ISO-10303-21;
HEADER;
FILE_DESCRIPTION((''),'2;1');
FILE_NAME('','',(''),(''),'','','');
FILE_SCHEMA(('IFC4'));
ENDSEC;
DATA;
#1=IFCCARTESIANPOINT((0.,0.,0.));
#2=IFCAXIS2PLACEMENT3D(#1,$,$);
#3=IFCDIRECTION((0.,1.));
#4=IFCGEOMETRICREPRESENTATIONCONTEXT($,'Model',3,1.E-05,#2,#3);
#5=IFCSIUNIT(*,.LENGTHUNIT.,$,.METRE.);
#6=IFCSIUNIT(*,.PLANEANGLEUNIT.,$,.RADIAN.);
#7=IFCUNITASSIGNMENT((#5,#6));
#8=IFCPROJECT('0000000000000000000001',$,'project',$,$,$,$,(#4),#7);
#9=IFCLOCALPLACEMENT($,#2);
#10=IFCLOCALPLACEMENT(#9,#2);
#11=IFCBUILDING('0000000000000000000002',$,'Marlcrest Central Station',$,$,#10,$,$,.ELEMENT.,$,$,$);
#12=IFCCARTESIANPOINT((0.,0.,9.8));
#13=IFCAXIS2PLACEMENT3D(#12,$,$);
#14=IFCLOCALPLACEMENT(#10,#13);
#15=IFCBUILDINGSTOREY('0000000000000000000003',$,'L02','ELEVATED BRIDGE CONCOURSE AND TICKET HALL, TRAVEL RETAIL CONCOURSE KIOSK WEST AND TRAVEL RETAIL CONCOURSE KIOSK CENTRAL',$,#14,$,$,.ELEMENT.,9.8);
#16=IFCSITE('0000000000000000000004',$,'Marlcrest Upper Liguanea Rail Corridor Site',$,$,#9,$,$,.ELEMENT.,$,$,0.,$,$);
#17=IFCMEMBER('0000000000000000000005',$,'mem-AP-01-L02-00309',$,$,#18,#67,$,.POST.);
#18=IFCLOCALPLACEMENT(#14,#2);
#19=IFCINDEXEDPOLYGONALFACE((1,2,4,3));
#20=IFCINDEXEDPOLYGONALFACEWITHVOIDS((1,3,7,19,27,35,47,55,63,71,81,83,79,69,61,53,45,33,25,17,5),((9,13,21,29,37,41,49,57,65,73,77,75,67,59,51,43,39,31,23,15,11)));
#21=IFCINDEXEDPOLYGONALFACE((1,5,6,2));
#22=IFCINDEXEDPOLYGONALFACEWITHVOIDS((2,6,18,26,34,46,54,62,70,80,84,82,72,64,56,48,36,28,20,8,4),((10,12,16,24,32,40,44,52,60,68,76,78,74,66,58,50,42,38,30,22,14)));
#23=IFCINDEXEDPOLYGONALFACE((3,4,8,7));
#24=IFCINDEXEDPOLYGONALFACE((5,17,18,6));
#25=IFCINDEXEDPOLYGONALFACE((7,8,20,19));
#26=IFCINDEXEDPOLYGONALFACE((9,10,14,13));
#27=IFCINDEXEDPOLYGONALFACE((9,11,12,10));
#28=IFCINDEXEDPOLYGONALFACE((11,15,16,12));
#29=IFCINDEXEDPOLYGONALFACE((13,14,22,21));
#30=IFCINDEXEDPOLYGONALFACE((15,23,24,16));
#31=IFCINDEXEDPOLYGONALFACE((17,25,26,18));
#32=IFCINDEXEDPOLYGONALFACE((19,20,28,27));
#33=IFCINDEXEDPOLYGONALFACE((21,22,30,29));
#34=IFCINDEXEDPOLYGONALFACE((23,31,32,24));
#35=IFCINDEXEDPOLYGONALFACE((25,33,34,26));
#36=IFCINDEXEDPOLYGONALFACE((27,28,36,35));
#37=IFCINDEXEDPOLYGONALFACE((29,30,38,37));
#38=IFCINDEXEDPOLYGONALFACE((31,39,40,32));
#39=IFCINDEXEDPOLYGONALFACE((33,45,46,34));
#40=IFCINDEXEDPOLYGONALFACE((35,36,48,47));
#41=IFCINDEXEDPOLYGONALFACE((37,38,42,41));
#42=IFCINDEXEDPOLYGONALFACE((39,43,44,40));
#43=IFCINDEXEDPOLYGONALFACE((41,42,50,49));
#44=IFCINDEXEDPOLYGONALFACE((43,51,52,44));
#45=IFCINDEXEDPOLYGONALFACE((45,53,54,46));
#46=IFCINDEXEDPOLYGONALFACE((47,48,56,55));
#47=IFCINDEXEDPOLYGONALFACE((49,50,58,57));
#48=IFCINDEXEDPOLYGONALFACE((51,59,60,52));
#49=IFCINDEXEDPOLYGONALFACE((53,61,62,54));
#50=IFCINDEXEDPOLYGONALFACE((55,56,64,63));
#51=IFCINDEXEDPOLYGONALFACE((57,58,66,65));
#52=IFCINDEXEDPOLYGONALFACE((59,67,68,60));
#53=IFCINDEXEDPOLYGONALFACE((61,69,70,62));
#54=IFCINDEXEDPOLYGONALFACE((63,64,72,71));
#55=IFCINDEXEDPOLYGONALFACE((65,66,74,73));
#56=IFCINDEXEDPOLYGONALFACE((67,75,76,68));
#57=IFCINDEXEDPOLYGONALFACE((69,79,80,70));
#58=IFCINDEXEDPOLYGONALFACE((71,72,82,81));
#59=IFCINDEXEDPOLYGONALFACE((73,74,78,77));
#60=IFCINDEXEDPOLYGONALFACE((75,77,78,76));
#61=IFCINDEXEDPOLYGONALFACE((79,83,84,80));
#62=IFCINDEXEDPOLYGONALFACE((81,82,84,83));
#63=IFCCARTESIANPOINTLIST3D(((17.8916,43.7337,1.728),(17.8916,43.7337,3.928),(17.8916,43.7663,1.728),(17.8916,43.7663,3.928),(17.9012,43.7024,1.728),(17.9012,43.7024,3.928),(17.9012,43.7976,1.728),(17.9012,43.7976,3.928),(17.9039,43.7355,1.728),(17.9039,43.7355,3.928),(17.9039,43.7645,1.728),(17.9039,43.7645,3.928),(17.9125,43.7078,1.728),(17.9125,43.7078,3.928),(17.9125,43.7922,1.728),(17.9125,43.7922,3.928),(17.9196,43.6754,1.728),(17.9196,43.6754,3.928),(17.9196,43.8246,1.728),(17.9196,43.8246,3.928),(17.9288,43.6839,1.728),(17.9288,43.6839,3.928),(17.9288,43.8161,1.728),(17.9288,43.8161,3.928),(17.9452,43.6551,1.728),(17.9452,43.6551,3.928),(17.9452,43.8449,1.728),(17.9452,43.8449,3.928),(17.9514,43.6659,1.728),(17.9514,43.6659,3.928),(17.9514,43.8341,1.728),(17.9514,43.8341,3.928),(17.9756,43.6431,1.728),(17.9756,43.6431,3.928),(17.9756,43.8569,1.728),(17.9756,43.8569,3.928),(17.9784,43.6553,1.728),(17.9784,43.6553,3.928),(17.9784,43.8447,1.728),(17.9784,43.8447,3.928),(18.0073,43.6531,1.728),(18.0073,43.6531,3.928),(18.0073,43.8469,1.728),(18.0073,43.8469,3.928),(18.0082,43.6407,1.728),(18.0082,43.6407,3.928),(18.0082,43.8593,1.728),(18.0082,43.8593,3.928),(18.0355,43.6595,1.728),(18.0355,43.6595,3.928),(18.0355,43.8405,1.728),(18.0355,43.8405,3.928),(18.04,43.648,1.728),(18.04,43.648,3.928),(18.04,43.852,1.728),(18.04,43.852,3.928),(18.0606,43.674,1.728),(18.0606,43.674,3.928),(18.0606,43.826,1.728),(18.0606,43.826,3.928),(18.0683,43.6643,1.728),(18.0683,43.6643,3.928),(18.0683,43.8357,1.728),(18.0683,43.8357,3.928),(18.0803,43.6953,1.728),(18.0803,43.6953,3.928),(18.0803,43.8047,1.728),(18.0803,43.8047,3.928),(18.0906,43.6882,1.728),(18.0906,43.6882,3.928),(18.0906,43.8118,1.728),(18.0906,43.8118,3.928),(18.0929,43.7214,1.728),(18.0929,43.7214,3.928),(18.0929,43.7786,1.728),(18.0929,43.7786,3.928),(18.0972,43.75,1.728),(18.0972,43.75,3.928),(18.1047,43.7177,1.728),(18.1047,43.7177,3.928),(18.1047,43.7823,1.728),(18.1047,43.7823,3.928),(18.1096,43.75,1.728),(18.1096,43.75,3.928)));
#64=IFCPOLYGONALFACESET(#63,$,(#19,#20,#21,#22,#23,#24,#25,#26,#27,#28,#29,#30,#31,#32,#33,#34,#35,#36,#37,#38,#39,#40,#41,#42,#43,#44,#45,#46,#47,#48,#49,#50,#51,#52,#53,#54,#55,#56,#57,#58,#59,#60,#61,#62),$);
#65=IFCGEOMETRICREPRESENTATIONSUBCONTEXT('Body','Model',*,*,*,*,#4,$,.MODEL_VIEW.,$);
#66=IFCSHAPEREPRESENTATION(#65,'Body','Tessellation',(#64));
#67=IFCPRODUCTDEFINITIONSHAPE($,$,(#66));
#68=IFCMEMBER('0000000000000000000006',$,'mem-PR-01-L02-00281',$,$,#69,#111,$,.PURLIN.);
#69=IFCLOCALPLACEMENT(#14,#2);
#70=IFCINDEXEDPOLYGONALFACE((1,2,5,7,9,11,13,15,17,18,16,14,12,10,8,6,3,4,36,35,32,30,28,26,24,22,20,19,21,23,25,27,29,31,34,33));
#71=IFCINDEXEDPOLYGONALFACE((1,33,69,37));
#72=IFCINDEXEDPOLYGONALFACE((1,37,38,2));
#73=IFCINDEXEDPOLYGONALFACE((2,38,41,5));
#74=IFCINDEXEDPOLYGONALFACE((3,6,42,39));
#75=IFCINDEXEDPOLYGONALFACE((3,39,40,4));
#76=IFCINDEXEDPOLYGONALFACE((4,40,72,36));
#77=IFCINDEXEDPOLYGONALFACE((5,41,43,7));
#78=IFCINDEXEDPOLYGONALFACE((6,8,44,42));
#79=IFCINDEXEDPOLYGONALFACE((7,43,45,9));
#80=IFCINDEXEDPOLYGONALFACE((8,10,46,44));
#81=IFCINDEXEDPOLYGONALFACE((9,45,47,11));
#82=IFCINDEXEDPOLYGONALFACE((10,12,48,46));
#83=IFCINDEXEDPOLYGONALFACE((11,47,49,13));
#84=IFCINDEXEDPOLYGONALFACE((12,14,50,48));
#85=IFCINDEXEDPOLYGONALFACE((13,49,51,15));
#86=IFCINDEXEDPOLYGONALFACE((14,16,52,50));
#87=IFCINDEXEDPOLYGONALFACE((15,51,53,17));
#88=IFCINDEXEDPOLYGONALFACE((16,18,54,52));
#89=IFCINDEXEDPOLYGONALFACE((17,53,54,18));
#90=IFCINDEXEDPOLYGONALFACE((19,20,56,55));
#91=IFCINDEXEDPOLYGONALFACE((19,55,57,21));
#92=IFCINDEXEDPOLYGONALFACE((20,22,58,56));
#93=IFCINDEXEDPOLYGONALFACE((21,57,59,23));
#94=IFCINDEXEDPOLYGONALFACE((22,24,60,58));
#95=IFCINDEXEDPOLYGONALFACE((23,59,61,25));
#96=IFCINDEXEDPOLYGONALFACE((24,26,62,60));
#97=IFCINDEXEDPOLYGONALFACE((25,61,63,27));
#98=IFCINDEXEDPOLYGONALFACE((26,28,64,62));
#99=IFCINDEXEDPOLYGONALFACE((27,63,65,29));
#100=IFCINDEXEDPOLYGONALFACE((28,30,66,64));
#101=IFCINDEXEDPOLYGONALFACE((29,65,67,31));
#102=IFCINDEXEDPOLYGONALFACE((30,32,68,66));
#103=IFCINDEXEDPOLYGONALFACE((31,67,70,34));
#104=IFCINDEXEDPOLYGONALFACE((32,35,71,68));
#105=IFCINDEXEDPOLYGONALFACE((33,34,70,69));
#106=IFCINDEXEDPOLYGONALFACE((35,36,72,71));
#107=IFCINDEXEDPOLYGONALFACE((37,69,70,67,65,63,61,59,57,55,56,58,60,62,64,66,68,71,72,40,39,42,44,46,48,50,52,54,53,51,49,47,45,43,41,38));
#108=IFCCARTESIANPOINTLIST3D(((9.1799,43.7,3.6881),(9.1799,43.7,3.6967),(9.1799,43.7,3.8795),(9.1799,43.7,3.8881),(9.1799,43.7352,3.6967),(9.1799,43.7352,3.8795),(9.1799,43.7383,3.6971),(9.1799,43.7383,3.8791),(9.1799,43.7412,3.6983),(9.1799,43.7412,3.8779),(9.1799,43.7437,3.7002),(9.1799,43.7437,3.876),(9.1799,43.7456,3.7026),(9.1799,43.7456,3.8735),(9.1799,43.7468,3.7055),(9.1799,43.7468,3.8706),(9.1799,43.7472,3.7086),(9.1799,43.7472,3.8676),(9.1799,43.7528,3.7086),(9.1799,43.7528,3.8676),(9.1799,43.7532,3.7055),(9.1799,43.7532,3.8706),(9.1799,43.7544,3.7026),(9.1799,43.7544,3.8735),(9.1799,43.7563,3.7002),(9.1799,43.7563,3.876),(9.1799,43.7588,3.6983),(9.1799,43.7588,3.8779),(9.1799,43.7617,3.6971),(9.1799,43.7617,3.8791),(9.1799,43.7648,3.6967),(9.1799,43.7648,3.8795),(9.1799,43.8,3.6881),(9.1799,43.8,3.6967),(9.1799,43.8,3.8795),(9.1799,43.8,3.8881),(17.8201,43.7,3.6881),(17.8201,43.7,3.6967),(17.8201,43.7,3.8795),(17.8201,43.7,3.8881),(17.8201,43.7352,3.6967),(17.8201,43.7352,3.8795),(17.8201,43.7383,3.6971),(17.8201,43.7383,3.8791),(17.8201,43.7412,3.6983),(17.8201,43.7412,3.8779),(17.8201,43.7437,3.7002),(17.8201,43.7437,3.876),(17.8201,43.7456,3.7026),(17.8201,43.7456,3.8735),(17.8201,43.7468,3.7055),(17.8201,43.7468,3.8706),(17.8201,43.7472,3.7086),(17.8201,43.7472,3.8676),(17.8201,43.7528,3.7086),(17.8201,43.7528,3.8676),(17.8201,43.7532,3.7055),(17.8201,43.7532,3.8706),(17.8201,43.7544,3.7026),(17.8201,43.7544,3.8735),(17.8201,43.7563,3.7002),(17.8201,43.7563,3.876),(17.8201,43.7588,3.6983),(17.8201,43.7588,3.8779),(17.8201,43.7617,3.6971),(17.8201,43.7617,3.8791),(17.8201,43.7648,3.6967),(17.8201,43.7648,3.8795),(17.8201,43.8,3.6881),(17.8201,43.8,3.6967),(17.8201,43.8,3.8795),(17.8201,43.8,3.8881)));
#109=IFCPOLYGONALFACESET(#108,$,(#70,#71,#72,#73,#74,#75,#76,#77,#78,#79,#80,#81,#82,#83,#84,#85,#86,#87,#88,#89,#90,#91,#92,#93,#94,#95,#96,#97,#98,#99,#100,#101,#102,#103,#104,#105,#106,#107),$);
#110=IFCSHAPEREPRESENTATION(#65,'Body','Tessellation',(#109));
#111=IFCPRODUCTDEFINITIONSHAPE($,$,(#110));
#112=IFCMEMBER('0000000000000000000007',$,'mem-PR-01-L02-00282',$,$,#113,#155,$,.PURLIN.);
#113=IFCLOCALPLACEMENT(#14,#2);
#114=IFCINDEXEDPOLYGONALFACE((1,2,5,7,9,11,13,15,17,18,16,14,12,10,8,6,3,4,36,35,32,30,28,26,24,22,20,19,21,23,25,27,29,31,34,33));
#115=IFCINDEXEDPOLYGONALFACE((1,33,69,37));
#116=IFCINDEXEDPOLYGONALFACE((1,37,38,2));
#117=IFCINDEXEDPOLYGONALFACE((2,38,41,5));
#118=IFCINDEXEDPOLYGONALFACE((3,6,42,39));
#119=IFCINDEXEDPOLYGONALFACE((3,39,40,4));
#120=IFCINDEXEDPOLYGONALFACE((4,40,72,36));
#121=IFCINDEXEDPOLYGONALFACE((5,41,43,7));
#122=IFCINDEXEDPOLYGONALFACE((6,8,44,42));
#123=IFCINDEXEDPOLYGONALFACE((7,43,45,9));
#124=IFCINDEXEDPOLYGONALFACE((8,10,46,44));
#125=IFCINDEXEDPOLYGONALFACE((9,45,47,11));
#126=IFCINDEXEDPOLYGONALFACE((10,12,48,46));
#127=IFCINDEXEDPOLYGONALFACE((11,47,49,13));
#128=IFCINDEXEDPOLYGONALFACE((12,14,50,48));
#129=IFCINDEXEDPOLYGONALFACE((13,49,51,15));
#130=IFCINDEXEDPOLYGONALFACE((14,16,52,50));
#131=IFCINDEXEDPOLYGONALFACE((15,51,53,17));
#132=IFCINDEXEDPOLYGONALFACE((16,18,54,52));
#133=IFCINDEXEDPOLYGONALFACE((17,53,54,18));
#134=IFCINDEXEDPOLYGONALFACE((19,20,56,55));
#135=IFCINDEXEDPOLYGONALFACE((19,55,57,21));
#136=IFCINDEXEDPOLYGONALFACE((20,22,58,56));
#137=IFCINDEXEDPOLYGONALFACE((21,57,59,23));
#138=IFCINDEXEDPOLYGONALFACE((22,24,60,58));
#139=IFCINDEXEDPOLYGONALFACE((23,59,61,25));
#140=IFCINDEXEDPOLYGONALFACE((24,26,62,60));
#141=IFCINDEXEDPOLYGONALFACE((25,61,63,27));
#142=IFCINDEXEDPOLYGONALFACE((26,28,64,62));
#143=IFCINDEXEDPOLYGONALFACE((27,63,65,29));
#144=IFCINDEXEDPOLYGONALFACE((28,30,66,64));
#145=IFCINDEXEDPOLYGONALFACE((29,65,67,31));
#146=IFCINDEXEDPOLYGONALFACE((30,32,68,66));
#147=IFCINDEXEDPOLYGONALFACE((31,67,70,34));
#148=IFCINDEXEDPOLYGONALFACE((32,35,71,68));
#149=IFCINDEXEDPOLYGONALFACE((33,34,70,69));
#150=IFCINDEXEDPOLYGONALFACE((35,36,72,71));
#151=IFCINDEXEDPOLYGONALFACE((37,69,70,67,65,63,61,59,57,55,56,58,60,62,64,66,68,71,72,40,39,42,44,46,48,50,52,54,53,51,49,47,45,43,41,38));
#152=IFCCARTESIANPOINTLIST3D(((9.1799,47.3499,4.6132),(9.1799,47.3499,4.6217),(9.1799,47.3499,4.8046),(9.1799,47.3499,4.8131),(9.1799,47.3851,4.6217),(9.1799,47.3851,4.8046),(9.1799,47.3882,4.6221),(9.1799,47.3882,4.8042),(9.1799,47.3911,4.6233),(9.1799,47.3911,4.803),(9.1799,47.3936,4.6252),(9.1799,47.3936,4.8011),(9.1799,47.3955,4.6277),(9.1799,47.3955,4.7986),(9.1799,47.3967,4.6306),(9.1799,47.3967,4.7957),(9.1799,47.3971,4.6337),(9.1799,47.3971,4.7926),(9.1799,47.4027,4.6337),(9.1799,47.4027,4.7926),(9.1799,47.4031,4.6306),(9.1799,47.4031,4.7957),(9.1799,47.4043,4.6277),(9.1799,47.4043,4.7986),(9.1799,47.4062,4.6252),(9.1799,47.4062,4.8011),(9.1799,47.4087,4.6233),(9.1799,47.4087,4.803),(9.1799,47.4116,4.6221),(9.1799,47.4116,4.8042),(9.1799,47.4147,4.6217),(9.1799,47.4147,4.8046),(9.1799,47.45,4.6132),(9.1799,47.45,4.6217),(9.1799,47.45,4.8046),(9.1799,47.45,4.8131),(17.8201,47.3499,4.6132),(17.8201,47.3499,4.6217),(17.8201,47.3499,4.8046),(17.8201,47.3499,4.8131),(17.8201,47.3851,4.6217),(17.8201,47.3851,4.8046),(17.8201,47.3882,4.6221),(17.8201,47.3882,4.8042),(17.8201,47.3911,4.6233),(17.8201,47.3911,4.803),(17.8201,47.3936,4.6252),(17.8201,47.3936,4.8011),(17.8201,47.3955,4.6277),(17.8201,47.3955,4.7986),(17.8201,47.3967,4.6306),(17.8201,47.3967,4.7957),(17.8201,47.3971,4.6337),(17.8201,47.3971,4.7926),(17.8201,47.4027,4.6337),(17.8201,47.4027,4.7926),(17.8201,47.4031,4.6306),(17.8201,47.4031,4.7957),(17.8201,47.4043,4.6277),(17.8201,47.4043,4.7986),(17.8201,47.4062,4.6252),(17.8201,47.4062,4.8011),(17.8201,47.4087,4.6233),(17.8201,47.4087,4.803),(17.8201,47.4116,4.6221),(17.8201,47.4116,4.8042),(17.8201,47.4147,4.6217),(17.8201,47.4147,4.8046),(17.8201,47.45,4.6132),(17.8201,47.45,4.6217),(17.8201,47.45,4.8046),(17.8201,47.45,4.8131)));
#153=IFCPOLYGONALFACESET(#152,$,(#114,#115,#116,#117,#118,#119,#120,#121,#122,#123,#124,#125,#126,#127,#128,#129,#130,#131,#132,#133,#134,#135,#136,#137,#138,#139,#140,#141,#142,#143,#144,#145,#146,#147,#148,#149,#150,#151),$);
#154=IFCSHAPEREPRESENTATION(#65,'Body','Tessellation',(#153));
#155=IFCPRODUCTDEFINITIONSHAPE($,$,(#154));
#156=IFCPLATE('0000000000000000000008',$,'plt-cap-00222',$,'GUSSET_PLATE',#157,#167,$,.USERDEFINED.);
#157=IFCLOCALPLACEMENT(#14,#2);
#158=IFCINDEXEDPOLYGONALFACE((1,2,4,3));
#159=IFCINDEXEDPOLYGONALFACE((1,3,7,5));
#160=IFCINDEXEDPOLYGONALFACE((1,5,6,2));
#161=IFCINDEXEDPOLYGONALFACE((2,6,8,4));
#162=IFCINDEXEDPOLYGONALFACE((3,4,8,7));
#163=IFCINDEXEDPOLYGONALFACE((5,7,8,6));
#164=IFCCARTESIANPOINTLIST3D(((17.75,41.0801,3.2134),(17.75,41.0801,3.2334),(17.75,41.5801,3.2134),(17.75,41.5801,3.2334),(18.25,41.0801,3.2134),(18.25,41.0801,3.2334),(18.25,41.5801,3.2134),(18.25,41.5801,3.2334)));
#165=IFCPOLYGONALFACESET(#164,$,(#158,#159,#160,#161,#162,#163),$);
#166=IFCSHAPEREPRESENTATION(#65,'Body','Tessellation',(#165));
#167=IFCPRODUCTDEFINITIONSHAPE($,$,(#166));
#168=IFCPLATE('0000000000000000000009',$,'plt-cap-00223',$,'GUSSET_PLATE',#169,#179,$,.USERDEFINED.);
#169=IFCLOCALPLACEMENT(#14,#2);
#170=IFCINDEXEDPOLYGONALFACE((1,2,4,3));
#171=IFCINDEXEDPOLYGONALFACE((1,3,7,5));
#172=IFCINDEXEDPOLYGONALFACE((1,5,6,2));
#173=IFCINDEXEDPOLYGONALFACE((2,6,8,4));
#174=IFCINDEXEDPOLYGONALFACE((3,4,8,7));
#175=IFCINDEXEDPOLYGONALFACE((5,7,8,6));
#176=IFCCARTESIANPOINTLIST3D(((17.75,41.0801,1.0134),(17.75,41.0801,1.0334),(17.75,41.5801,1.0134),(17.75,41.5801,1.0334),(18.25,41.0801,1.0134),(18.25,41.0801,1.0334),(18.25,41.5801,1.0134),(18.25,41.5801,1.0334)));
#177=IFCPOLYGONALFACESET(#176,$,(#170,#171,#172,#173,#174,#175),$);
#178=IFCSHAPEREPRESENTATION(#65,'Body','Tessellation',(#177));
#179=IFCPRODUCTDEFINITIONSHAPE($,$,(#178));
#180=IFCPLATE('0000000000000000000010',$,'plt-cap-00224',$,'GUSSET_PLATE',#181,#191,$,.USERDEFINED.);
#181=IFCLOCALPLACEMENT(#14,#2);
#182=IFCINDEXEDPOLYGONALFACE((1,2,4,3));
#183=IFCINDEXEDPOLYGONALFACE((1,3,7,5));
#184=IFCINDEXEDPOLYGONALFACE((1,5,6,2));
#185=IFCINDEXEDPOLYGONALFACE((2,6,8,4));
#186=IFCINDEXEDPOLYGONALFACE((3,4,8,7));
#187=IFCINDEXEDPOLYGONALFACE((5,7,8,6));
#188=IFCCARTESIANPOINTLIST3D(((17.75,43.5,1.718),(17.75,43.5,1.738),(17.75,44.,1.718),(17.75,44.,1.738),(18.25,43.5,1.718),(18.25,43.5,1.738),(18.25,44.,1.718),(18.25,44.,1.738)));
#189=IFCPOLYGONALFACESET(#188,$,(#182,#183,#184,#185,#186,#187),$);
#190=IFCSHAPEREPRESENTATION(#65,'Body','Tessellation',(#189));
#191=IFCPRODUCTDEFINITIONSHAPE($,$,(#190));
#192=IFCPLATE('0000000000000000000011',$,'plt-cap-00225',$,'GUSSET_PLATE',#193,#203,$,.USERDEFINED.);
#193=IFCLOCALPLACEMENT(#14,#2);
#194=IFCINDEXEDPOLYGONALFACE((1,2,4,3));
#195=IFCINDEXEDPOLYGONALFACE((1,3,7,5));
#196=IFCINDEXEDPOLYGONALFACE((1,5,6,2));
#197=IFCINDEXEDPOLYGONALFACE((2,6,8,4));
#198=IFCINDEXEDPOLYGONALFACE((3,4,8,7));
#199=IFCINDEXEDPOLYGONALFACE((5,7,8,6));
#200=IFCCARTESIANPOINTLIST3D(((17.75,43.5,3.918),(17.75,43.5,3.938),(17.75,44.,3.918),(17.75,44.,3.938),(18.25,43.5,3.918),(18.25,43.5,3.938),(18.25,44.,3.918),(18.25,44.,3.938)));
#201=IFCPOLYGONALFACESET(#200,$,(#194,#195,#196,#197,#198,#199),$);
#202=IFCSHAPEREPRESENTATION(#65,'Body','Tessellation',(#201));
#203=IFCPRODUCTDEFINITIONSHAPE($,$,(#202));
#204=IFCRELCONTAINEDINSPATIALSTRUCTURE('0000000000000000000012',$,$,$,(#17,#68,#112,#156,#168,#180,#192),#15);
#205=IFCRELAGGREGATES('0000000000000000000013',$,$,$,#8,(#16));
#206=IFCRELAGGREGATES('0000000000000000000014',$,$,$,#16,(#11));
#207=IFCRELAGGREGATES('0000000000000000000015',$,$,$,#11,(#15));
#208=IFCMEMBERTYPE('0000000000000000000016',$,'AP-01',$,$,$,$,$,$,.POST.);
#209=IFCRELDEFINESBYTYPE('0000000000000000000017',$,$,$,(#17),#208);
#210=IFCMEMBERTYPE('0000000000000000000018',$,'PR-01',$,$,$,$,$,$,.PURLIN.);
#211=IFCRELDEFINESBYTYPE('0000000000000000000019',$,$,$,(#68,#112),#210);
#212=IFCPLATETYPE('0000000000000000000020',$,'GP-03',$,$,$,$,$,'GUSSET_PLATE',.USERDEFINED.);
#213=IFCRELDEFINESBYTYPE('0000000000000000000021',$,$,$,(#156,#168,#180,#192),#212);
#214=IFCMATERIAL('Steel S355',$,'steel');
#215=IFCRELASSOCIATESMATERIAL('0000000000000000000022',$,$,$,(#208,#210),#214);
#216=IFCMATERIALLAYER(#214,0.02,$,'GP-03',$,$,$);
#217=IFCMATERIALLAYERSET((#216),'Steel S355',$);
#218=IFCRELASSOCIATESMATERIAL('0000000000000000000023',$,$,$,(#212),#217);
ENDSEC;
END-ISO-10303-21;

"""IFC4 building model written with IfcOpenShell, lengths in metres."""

from ifc_helpers import new_model, si_unit, direction, frame, origin, origin_2d, place, context, subcontext, project, spatial, rectangle, hollow_circle, i_section, extrude, material, layer, layer_set, material_profile, profile_set, type_object, element, save


model = new_model("IFC4")

# Units and contexts
model_context = context("Model", 3, precision=1e-05, world=origin(), true_north=direction((0.0, 1.0)))
body_context = subcontext(model_context, "Body", "Model", "MODEL_VIEW")
ifc_project = project(units=[si_unit("LENGTHUNIT", "METRE"), si_unit("PLANEANGLEUNIT", "RADIAN")], contexts=[model_context])

# Site, building, storey
site_placement = place(None, origin())
site = spatial("IfcSite", under=ifc_project, at=site_placement, Name="Marlcrest Upper Liguanea Rail Corridor Site", CompositionType="ELEMENT", RefElevation=0.0)
building_placement = place(site_placement, origin())
building = spatial("IfcBuilding", under=site, at=building_placement, Name="Marlcrest Central Station", CompositionType="ELEMENT")
storey_placement = place(building_placement, frame((0.0, 0.0, 9.8)))
storey = spatial("IfcBuildingStorey", under=building, at=storey_placement, Name="L02", Description="ELEVATED BRIDGE CONCOURSE AND TICKET HALL, TRAVEL RETAIL CONCOURSE KIOSK WEST AND TRAVEL RETAIL CONCOURSE KIOSK CENTRAL", CompositionType="ELEMENT", Elevation=9.8)

# Members
ifc_material_1 = material(Name="Steel S355", Category="steel")
ifc_material_profile_1 = material_profile(ifc_material_1, hollow_circle(Radius=0.1096, WallThickness=0.0125, at=origin_2d()), Name="CHS 219.1x12.5")
ifc_profile_set_1 = profile_set([ifc_material_profile_1], Name="Steel S355")
member_type_1 = type_object("IfcMemberType", Name="AP-01", PredefinedType="POST", material=ifc_profile_set_1)
for number, where, z_axis, x_axis, name in (
    (1, (18.0, 43.75, 1.728), (0.0, 0.0, 1.0), (1.0, 0.0, 0.0), "mem-AP-01-L02-00309"),
):
    element("IfcMember", number, at=place(storey_placement, frame(where, z_axis=z_axis, x_axis=x_axis)), inside=storey, type_object=member_type_1, Name=name, PredefinedType="POST", context=body_context, shape_type="SweptSolid", body=[
        extrude(hollow_circle(Radius=0.1096, WallThickness=0.0125, at=origin_2d()), origin(), (0.0, 0.0, 1.0), 2.2),
    ])
ifc_material_profile_2 = material_profile(ifc_material_1, i_section(OverallWidth=0.1001, OverallDepth=0.2, WebThickness=0.0056, FlangeThickness=0.0085, FilletRadius=0.012, at=origin_2d()), Name="IPE 200")
ifc_profile_set_2 = profile_set([ifc_material_profile_2], Name="Steel S355")
member_type_2 = type_object("IfcMemberType", Name="PR-01", PredefinedType="PURLIN", material=ifc_profile_set_2)
for number, where, z_axis, x_axis, name in (
    (2, (9.1799, 43.75, 3.7881), (1.0, 0.0, 0.0), (0.0, 1.0, 0.0), "mem-PR-01-L02-00281"),
    (3, (9.1799, 47.3999, 4.7131), (1.0, 0.0, 0.0), (0.0, 1.0, 0.0), "mem-PR-01-L02-00282"),
):
    element("IfcMember", number, at=place(storey_placement, frame(where, z_axis=z_axis, x_axis=x_axis)), inside=storey, type_object=member_type_2, Name=name, PredefinedType="PURLIN", context=body_context, shape_type="SweptSolid", body=[
        extrude(i_section(OverallWidth=0.1001, OverallDepth=0.2, WebThickness=0.0056, FlangeThickness=0.0085, FilletRadius=0.012, at=origin_2d()), origin(), (0.0, 0.0, 1.0), 8.6401),
    ])

# Plates
ifc_layer_1 = layer(ifc_material_1, 0.02, Name="GP-03")
ifc_layer_set_1 = layer_set([ifc_layer_1], Name="Steel S355")
plate_type = type_object("IfcPlateType", Name="GP-03", ElementType="GUSSET_PLATE", PredefinedType="USERDEFINED", material=ifc_layer_set_1)
for number, where, z_axis, x_axis, name in (
    (4, (18.0, 41.3301, 3.2134), (0.0, 0.0, 1.0), (1.0, 0.0, 0.0), "plt-cap-00222"),
    (5, (18.0, 41.3301, 1.0134), (0.0, 0.0, 1.0), (1.0, 0.0, 0.0), "plt-cap-00223"),
    (6, (18.0, 43.75, 1.718), (0.0, 0.0, 1.0), (1.0, 0.0, 0.0), "plt-cap-00224"),
    (7, (18.0, 43.75, 3.918), (0.0, 0.0, 1.0), (1.0, 0.0, 0.0), "plt-cap-00225"),
):
    element("IfcPlate", number, at=place(storey_placement, frame(where, z_axis=z_axis, x_axis=x_axis)), inside=storey, type_object=plate_type, Name=name, ObjectType="GUSSET_PLATE", PredefinedType="USERDEFINED", context=body_context, shape_type="SweptSolid", body=[
        extrude(rectangle(XDim=0.5, YDim=0.5, at=origin_2d()), origin(), (0.0, 0.0, 1.0), 0.02),
    ])

save(model, "model.ifc")
